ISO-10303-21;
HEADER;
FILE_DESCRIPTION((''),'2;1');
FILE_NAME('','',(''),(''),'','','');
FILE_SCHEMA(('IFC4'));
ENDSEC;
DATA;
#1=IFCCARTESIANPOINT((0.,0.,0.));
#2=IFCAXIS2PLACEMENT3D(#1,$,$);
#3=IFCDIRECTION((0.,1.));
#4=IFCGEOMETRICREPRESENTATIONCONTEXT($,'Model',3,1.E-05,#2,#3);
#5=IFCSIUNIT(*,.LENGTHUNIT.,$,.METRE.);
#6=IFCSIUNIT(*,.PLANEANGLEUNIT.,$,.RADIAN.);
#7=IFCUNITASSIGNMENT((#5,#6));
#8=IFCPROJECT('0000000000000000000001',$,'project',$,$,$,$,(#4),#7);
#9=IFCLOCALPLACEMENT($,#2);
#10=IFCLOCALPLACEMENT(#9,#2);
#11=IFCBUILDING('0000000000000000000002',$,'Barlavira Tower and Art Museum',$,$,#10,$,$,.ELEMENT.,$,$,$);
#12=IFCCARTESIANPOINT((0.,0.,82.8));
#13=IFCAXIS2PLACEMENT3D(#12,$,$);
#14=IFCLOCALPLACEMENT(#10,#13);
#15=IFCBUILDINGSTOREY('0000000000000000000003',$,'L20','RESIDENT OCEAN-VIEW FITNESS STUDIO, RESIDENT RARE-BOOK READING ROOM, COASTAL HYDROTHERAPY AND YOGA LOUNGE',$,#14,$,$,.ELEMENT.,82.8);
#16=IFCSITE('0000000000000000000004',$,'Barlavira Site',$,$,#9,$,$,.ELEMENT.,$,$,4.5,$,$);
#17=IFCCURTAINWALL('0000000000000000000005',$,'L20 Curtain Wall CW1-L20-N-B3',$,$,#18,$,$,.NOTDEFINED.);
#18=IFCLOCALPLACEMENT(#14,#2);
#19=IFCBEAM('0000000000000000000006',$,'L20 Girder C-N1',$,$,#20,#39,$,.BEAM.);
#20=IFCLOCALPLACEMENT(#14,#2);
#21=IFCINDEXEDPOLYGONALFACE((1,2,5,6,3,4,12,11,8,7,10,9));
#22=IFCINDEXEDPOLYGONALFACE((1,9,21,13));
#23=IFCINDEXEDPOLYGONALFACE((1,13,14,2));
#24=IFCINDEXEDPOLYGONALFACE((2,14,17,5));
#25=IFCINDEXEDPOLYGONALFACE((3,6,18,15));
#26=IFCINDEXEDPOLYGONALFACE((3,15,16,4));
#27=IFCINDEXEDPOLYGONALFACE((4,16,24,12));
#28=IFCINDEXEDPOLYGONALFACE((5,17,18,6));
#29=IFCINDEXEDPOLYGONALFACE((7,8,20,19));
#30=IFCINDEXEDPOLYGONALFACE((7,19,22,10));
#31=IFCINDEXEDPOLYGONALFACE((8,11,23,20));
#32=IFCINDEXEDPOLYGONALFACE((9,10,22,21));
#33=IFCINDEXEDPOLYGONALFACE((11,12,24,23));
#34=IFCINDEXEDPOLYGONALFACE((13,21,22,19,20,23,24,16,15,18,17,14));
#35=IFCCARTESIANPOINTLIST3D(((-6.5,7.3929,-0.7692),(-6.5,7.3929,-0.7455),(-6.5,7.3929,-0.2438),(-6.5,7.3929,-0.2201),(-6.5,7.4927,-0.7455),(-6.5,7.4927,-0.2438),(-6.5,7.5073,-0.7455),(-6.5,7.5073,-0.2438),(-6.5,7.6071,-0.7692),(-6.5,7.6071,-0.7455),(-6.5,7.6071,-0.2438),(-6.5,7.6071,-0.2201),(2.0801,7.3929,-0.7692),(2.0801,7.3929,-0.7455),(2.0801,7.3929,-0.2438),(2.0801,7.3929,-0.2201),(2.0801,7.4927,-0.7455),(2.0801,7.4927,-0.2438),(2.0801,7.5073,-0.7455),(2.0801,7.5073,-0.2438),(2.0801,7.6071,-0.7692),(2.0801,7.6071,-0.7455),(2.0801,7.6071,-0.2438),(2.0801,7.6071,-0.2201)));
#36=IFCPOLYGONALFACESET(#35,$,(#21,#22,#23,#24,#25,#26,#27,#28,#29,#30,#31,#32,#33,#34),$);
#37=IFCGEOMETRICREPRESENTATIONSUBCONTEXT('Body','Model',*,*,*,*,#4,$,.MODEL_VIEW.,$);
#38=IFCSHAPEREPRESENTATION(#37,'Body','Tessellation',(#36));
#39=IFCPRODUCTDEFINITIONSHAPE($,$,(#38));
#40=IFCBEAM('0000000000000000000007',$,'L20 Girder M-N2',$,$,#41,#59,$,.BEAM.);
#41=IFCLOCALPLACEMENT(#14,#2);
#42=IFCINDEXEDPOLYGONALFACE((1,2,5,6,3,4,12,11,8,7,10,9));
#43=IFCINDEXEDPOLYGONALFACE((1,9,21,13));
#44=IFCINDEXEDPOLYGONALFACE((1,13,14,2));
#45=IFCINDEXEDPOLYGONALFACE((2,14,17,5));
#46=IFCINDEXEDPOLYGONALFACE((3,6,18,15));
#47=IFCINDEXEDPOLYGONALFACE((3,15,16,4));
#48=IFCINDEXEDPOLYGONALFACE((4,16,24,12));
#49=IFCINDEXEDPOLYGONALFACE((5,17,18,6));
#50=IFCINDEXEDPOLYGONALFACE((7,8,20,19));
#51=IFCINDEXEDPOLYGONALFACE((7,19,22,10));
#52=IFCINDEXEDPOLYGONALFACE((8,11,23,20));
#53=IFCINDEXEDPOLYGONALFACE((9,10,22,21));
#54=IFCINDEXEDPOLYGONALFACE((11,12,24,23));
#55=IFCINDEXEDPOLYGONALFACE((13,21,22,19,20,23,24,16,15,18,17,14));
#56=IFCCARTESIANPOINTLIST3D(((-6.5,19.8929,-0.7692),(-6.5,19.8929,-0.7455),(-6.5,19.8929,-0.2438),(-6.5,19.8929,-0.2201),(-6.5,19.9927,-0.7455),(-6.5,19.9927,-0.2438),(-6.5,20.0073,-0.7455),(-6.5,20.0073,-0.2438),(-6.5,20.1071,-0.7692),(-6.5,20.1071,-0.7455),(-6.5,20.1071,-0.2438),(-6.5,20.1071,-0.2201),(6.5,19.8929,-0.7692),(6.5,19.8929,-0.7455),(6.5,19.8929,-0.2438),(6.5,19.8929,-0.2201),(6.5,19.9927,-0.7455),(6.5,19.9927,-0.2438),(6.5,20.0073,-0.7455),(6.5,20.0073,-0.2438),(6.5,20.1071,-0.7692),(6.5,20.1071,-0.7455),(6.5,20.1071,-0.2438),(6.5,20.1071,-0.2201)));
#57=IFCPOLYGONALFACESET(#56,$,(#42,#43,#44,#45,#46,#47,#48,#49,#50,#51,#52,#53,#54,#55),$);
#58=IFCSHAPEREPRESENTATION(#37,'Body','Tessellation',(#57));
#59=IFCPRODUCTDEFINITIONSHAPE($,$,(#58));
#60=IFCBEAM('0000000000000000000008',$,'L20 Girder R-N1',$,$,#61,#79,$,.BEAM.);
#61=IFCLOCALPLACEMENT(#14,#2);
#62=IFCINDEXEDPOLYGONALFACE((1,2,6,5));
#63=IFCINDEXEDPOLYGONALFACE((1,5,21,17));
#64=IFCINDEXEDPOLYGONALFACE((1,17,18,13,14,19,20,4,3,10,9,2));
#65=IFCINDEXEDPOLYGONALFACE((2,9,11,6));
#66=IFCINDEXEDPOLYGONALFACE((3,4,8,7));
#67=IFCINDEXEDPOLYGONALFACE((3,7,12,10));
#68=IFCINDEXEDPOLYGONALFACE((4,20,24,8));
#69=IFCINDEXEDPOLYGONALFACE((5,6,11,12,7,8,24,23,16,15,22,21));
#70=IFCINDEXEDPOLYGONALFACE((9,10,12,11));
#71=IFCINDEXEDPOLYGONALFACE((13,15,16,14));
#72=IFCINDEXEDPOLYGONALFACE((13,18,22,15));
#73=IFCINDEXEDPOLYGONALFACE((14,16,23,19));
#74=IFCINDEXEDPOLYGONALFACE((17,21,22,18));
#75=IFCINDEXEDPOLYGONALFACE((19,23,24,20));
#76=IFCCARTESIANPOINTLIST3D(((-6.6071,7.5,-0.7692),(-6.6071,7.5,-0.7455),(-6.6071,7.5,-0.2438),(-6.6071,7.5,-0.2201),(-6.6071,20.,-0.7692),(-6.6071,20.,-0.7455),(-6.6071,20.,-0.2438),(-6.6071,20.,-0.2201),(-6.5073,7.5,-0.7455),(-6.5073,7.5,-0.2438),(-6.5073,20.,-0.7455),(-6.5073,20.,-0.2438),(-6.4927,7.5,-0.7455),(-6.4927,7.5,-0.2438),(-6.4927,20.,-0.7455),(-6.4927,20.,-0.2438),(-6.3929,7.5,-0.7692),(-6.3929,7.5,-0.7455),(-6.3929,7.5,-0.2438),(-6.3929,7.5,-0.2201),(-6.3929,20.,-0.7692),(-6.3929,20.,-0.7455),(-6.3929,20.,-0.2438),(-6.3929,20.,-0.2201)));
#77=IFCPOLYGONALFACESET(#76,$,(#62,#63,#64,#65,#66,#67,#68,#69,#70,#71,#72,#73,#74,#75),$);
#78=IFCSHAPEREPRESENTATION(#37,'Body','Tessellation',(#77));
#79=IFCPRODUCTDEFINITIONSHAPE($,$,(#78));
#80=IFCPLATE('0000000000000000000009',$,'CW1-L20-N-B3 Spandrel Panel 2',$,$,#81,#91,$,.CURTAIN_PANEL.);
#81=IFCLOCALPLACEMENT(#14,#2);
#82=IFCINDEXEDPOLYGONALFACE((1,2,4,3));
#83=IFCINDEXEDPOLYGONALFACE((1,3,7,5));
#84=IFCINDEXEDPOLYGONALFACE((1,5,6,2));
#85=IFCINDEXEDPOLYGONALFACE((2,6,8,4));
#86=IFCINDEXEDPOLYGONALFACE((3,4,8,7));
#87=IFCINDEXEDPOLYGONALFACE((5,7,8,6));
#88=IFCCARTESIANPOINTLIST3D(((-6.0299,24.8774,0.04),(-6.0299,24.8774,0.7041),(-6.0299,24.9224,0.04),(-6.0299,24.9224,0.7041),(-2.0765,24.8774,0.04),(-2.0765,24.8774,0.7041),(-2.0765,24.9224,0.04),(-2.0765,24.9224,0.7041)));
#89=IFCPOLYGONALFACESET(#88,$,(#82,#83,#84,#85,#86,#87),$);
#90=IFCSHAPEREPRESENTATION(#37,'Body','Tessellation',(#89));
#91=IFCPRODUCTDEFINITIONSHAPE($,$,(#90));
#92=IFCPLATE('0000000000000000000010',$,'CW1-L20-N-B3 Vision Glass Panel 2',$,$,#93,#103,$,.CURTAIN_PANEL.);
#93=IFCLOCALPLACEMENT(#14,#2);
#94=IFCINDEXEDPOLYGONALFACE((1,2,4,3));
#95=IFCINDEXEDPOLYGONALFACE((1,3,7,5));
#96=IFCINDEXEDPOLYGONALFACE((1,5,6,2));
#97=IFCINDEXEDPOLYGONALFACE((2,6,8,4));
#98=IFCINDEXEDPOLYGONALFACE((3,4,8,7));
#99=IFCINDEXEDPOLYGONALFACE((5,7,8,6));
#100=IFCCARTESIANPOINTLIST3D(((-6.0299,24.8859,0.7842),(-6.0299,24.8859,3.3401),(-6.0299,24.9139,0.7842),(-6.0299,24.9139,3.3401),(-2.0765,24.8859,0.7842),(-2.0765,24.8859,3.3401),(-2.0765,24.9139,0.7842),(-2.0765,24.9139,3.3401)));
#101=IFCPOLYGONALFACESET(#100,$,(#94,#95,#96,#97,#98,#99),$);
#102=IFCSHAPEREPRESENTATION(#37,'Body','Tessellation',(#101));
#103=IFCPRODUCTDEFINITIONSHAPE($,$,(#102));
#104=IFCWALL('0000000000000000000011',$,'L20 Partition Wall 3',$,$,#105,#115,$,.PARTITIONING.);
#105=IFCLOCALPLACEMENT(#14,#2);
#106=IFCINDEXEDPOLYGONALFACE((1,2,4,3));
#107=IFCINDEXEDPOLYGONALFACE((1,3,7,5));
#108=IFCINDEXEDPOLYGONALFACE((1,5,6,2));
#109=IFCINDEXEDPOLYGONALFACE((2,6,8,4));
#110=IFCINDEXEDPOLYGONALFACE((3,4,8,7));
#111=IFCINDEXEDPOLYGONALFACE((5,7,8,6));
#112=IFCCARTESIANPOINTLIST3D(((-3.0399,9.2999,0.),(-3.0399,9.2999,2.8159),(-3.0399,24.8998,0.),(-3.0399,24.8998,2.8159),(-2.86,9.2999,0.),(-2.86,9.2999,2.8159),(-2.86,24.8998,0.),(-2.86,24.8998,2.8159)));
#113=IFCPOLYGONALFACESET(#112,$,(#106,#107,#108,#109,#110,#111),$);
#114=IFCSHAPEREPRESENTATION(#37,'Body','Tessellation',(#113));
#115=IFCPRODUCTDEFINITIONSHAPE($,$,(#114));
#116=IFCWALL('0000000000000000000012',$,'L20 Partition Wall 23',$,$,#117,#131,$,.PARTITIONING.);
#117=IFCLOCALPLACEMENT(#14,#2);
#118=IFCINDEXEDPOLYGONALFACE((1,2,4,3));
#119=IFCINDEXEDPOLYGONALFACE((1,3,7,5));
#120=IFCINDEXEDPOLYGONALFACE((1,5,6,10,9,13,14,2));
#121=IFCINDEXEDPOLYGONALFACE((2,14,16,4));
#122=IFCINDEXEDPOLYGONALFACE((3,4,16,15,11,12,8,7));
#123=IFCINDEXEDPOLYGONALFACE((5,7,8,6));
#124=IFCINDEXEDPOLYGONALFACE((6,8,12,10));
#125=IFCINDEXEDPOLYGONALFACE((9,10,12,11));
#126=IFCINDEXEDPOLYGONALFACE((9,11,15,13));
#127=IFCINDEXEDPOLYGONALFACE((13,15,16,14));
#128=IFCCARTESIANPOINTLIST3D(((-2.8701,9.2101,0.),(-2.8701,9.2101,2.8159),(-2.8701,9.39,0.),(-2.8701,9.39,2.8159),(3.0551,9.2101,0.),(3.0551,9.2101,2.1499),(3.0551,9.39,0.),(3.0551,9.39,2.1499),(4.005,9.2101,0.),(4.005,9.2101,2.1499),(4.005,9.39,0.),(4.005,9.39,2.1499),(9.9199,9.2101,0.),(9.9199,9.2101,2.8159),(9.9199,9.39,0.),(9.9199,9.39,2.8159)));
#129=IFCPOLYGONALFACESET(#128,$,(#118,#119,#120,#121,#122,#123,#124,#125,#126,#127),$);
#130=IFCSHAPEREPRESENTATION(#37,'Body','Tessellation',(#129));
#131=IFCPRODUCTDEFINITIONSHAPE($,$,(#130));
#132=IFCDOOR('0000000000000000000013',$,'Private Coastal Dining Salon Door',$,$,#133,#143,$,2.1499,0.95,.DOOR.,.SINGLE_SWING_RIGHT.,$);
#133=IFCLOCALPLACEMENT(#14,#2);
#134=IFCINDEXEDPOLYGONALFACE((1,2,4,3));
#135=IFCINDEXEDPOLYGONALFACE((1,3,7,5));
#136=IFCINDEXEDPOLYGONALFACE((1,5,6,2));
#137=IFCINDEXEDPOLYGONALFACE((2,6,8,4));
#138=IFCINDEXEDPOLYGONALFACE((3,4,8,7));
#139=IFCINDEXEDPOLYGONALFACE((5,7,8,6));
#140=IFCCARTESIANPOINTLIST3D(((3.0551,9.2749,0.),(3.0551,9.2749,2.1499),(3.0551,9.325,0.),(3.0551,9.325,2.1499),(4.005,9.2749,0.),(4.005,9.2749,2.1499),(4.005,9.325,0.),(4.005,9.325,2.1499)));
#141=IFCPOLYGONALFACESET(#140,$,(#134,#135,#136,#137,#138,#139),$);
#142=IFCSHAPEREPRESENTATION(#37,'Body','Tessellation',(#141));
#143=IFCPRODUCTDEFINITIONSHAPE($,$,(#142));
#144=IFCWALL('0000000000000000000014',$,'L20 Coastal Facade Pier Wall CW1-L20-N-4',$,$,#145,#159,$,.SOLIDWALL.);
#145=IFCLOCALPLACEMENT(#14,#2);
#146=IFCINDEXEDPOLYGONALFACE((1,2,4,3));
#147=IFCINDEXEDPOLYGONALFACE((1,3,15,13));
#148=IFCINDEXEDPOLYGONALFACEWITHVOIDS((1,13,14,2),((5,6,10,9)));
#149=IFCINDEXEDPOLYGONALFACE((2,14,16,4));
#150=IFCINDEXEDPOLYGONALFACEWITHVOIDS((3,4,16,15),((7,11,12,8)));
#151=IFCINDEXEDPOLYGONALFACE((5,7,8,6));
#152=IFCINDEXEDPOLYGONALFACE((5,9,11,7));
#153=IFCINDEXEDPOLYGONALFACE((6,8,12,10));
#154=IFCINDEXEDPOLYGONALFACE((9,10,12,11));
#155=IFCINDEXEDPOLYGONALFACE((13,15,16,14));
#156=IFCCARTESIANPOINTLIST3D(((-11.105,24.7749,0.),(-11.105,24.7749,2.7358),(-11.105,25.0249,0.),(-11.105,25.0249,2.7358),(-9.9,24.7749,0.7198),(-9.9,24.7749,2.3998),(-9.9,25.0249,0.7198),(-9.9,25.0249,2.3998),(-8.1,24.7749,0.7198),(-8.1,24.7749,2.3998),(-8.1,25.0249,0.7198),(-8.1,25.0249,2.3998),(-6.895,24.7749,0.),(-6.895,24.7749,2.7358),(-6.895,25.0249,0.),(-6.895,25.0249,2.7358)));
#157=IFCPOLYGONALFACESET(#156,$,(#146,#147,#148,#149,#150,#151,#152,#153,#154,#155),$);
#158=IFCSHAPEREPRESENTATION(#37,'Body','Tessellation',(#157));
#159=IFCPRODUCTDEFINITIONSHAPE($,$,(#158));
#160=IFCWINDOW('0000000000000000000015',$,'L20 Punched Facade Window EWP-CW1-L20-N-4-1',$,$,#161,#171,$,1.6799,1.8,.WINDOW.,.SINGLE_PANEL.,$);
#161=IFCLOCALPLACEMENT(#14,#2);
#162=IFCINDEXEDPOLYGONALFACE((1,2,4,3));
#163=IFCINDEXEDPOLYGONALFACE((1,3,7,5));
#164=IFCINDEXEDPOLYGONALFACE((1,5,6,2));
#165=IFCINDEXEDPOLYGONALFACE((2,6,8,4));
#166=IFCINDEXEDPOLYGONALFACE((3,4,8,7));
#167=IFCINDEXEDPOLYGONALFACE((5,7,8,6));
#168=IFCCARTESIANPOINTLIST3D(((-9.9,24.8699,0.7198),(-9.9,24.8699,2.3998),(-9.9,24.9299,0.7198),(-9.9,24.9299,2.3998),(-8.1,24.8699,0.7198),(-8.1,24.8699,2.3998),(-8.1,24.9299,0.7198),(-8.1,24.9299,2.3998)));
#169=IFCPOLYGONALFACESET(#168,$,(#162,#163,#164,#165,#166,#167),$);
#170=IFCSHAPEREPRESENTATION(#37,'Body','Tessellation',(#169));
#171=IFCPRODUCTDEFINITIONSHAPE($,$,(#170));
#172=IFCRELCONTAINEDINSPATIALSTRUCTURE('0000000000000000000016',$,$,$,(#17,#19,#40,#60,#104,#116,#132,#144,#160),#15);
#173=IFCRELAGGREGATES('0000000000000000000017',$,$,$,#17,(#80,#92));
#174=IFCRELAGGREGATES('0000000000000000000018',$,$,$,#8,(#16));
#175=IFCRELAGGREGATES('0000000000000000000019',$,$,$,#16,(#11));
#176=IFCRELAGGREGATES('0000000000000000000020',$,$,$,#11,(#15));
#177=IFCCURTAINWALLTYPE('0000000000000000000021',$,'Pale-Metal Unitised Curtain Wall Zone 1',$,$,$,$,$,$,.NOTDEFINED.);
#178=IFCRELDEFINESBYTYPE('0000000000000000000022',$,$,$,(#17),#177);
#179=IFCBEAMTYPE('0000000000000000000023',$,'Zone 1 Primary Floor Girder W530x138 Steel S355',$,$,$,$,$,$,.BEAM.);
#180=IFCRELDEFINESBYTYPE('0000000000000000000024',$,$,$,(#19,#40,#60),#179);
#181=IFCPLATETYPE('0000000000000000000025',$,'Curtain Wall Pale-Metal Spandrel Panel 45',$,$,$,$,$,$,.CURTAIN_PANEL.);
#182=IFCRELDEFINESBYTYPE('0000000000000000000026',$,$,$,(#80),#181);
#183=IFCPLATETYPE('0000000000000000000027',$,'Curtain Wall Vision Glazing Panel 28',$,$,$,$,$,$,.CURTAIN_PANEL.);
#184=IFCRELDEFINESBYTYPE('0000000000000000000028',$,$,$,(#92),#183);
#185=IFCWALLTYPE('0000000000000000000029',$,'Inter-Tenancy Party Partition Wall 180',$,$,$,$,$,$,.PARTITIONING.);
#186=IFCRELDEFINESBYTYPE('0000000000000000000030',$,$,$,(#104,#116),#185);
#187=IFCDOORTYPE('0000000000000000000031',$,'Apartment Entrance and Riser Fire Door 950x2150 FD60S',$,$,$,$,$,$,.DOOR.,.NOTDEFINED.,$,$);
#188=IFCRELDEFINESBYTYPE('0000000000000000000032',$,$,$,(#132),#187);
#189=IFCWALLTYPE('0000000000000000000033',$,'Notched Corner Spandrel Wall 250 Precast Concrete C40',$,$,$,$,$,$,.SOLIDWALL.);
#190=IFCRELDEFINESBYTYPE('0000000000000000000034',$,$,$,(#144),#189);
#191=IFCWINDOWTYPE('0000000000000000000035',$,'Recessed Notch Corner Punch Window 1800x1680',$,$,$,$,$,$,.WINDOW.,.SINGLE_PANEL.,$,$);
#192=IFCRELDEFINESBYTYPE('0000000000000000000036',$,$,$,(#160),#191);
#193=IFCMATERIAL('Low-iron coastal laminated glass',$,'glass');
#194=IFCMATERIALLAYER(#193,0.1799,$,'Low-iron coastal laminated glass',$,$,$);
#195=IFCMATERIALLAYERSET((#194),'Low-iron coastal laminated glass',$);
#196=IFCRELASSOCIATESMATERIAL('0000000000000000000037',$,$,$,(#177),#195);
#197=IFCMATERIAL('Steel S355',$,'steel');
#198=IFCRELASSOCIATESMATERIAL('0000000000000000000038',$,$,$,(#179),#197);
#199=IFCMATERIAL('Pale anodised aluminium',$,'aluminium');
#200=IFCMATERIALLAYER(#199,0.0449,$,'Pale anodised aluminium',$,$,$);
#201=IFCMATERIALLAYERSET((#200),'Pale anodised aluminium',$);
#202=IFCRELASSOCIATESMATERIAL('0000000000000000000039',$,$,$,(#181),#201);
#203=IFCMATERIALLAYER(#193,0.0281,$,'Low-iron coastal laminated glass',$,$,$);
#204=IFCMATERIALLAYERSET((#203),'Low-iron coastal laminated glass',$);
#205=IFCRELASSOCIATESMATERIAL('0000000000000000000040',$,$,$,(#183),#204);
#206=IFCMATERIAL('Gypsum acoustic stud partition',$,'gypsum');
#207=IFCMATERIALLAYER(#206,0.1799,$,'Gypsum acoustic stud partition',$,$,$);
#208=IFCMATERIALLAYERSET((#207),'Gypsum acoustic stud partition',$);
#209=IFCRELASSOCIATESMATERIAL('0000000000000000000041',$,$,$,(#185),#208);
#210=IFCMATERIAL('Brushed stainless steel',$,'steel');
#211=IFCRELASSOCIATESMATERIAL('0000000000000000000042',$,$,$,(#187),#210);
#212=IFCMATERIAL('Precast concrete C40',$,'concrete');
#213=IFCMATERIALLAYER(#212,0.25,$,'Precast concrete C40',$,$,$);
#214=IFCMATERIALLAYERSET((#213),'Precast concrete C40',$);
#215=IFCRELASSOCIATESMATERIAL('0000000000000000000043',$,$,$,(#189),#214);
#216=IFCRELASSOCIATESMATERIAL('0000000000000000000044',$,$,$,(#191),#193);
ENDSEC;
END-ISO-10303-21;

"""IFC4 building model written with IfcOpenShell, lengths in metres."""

from ifc_helpers import new_model, si_unit, direction, frame, frame_2d, origin, origin_2d, place, context, subcontext, project, spatial, rectangle, i_section, extrude, material, layer, layer_set, material_profile, profile_set, type_object, element, fill, aggregate, save


model = new_model("IFC4")

# Units and contexts
model_context = context("Model", 3, precision=1e-05, world=origin(), true_north=direction((0.0, 1.0)))
body_context = subcontext(model_context, "Body", "Model", "MODEL_VIEW")
ifc_project = project(units=[si_unit("LENGTHUNIT", "METRE"), si_unit("PLANEANGLEUNIT", "RADIAN")], contexts=[model_context])

# Site, building, storey
site_placement = place(None, origin())
site = spatial("IfcSite", under=ifc_project, at=site_placement, Name="Barlavira Site", CompositionType="ELEMENT", RefElevation=4.5)
building_placement = place(site_placement, origin())
building = spatial("IfcBuilding", under=site, at=building_placement, Name="Barlavira Tower and Art Museum", CompositionType="ELEMENT")
storey_placement = place(building_placement, frame((0.0, 0.0, 82.8)))
storey = spatial("IfcBuildingStorey", under=building, at=storey_placement, Name="L20", Description="RESIDENT OCEAN-VIEW FITNESS STUDIO, RESIDENT RARE-BOOK READING ROOM, COASTAL HYDROTHERAPY AND YOGA LOUNGE", CompositionType="ELEMENT", Elevation=82.8)

# Shared definitions
ifc_material_1 = material(Name="Steel S355", Category="steel")

# Curtain wall
ifc_material_2 = material(Name="Low-iron coastal laminated glass", Category="glass")
ifc_layer_1 = layer(ifc_material_2, 0.1799, Name="Low-iron coastal laminated glass")
ifc_layer_set_1 = layer_set([ifc_layer_1], Name="Low-iron coastal laminated glass")
curtain_wall_type = type_object("IfcCurtainWallType", Name="Pale-Metal Unitised Curtain Wall Zone 1", PredefinedType="NOTDEFINED", material=ifc_layer_set_1)
curtain_wall_placement = place(storey_placement, origin())
curtain_wall = element("IfcCurtainWall", 1, at=curtain_wall_placement, inside=storey, type_object=curtain_wall_type, Name="L20 Curtain Wall CW1-L20-N-B3", PredefinedType="NOTDEFINED")
ifc_material_3 = material(Name="Pale anodised aluminium", Category="aluminium")

# Beams
ifc_material_profile_1 = material_profile(ifc_material_1, i_section(OverallWidth=0.2141, OverallDepth=0.5491, WebThickness=0.0146, FlangeThickness=0.0237, at=origin_2d()), Name="W530x138.0")
ifc_profile_set_1 = profile_set([ifc_material_profile_1], Name="Steel S355")
beam_type_1 = type_object("IfcBeamType", Name="Zone 1 Primary Floor Girder W530x138 Steel S355", PredefinedType="BEAM", material=ifc_profile_set_1)
beam_1_placement = place(storey_placement, frame((-6.5, 7.5, -0.4946), z_axis=(1.0, 0.0, 0.0), x_axis=(0.0, 1.0, 0.0)))
element("IfcBeam", 2, at=beam_1_placement, inside=storey, type_object=beam_type_1, Name="L20 Girder C-N1", PredefinedType="BEAM", context=body_context, shape_type="SweptSolid", body=[
    extrude(i_section(OverallWidth=0.2141, OverallDepth=0.5491, WebThickness=0.0146, FlangeThickness=0.0237, at=origin_2d()), origin(), (0.0, 0.0, 1.0), 8.5801),
])
beam_2_placement = place(storey_placement, frame((-6.5, 20.0, -0.4946), z_axis=(1.0, 0.0, 0.0), x_axis=(0.0, 1.0, 0.0)))
element("IfcBeam", 3, at=beam_2_placement, inside=storey, type_object=beam_type_1, Name="L20 Girder M-N2", PredefinedType="BEAM", context=body_context, shape_type="SweptSolid", body=[
    extrude(i_section(OverallWidth=0.2141, OverallDepth=0.5491, WebThickness=0.0146, FlangeThickness=0.0237, at=origin_2d()), origin(), (0.0, 0.0, 1.0), 13.0),
])
beam_3_placement = place(storey_placement, frame((-6.5, 7.5, -0.4946), z_axis=(0.0, 1.0, 0.0), x_axis=(-1.0, 0.0, 0.0)))
element("IfcBeam", 4, at=beam_3_placement, inside=storey, type_object=beam_type_1, Name="L20 Girder R-N1", PredefinedType="BEAM", context=body_context, shape_type="SweptSolid", body=[
    extrude(i_section(OverallWidth=0.2141, OverallDepth=0.5491, WebThickness=0.0146, FlangeThickness=0.0237, at=origin_2d()), origin(), (0.0, 0.0, 1.0), 12.5),
])

# Plates
ifc_layer_2 = layer(ifc_material_3, 0.0449, Name="Pale anodised aluminium")
ifc_layer_set_2 = layer_set([ifc_layer_2], Name="Pale anodised aluminium")
plate_type_1 = type_object("IfcPlateType", Name="Curtain Wall Pale-Metal Spandrel Panel 45", PredefinedType="CURTAIN_PANEL", material=ifc_layer_set_2)
plate_1_placement = place(storey_placement, frame((-4.0532, 24.8999, 0.04), z_axis=(0.0, 0.0, 1.0), x_axis=(-1.0, 0.0, 0.0)))
plate_1 = element("IfcPlate", 5, at=plate_1_placement, type_object=plate_type_1, Name="CW1-L20-N-B3 Spandrel Panel 2", PredefinedType="CURTAIN_PANEL", context=body_context, shape_type="SweptSolid", body=[
    extrude(rectangle(XDim=3.9534, YDim=0.0449, at=origin_2d()), origin(), (0.0, 0.0, 1.0), 0.6641),
])
ifc_layer_3 = layer(ifc_material_2, 0.0281, Name="Low-iron coastal laminated glass")
ifc_layer_set_3 = layer_set([ifc_layer_3], Name="Low-iron coastal laminated glass")
plate_type_2 = type_object("IfcPlateType", Name="Curtain Wall Vision Glazing Panel 28", PredefinedType="CURTAIN_PANEL", material=ifc_layer_set_3)
plate_2_placement = place(storey_placement, frame((-4.0532, 24.8999, 0.7842), z_axis=(0.0, 0.0, 1.0), x_axis=(-1.0, 0.0, 0.0)))
plate_2 = element("IfcPlate", 6, at=plate_2_placement, type_object=plate_type_2, Name="CW1-L20-N-B3 Vision Glass Panel 2", PredefinedType="CURTAIN_PANEL", context=body_context, shape_type="SweptSolid", body=[
    extrude(rectangle(XDim=3.9534, YDim=0.0281, at=origin_2d()), origin(), (0.0, 0.0, 1.0), 2.5559),
])
aggregate(curtain_wall, [plate_1, plate_2])

# Wall
ifc_material_4 = material(Name="Gypsum acoustic stud partition", Category="gypsum")
ifc_layer_4 = layer(ifc_material_4, 0.1799, Name="Gypsum acoustic stud partition")
ifc_layer_set_4 = layer_set([ifc_layer_4], Name="Gypsum acoustic stud partition")
wall_type_1 = type_object("IfcWallType", Name="Inter-Tenancy Party Partition Wall 180", PredefinedType="PARTITIONING", material=ifc_layer_set_4)
wall_1_placement = place(storey_placement, frame((-2.95, 9.3, 0.0), z_axis=(0.0, 0.0, 1.0), x_axis=(0.0, 1.0, 0.0)))
element("IfcWall", 7, at=wall_1_placement, inside=storey, type_object=wall_type_1, Name="L20 Partition Wall 3", PredefinedType="PARTITIONING", context=body_context, shape_type="SweptSolid", body=[
    extrude(rectangle(XDim=15.5999, YDim=0.1799, at=frame_2d((7.7998, 0.0))), origin(), (0.0, 0.0, 1.0), 2.8159),
])

# Wall, opening, door
wall_2_placement = place(storey_placement, frame((-2.8701, 9.3, 0.0), z_axis=(0.0, 0.0, 1.0), x_axis=(1.0, 0.0, 0.0)))
wall_2 = element("IfcWall", 8, at=wall_2_placement, inside=storey, type_object=wall_type_1, Name="L20 Partition Wall 23", PredefinedType="PARTITIONING", context=body_context, shape_type="SweptSolid", body=[
    extrude(rectangle(XDim=12.79, YDim=0.1799, at=frame_2d((6.395, 0.0))), origin(), (0.0, 0.0, 1.0), 2.8159),
])
opening_1_placement = place(wall_2_placement, frame((5.925, 0.0, 0.0)))
opening_1 = element("IfcOpeningElement", 9, at=opening_1_placement, cuts=wall_2, PredefinedType="OPENING", context=body_context, shape_type="SweptSolid", body=[
    extrude(rectangle(XDim=0.95, YDim=2.1499, at=frame_2d((0.4751, 1.075))), frame((0.0, 0.1001, 0.0), z_axis=(0.0, -1.0, 0.0), x_axis=(1.0, 0.0, 0.0)), (0.0, 0.0, 1.0), 0.2),
])
ifc_material_5 = material(Name="Brushed stainless steel", Category="steel")
door_type = type_object("IfcDoorType", Name="Apartment Entrance and Riser Fire Door 950x2150 FD60S", OperationType="NOTDEFINED", PredefinedType="DOOR", material=ifc_material_5)
door_placement = place(opening_1_placement, origin())
door = element("IfcDoor", 10, at=door_placement, inside=storey, type_object=door_type, Name="Private Coastal Dining Salon Door", OperationType="SINGLE_SWING_RIGHT", OverallHeight=2.1499, OverallWidth=0.95, PredefinedType="DOOR", context=body_context, shape_type="SweptSolid", body=[
    extrude(rectangle(XDim=0.95, YDim=2.1499, at=frame_2d((0.4751, 1.075))), frame((0.0, 0.0249, 0.0), z_axis=(0.0, -1.0, 0.0), x_axis=(1.0, 0.0, 0.0)), (0.0, 0.0, 1.0), 0.05),
])
fill(opening_1, door)

# Wall, opening, window
ifc_material_6 = material(Name="Precast concrete C40", Category="concrete")
ifc_layer_5 = layer(ifc_material_6, 0.25, Name="Precast concrete C40")
ifc_layer_set_5 = layer_set([ifc_layer_5], Name="Precast concrete C40")
wall_type_2 = type_object("IfcWallType", Name="Notched Corner Spandrel Wall 250 Precast Concrete C40", PredefinedType="SOLIDWALL", material=ifc_layer_set_5)
wall_3_placement = place(storey_placement, frame((-6.895, 24.8999, 0.0), z_axis=(0.0, 0.0, 1.0), x_axis=(-1.0, 0.0, 0.0)))
wall_3 = element("IfcWall", 11, at=wall_3_placement, inside=storey, type_object=wall_type_2, Name="L20 Coastal Facade Pier Wall CW1-L20-N-4", PredefinedType="SOLIDWALL", context=body_context, shape_type="SweptSolid", body=[
    extrude(rectangle(XDim=4.21, YDim=0.25, at=frame_2d((2.105, 0.0))), origin(), (0.0, 0.0, 1.0), 2.7358),
])
opening_2_placement = place(wall_3_placement, frame((1.2051, 0.0, 0.72)))
opening_2 = element("IfcOpeningElement", 12, at=opening_2_placement, cuts=wall_3, PredefinedType="OPENING", context=body_context, shape_type="SweptSolid", body=[
    extrude(rectangle(XDim=1.8, YDim=1.6799, at=frame_2d((0.8999, 0.8398))), frame((0.0, 0.135, 0.0), z_axis=(0.0, -1.0, 0.0), x_axis=(1.0, 0.0, 0.0)), (0.0, 0.0, 1.0), 0.27),
])
window_type = type_object("IfcWindowType", Name="Recessed Notch Corner Punch Window 1800x1680", PartitioningType="SINGLE_PANEL", PredefinedType="WINDOW", material=ifc_material_2)
window_placement = place(opening_2_placement, origin())
window = element("IfcWindow", 13, at=window_placement, inside=storey, type_object=window_type, Name="L20 Punched Facade Window EWP-CW1-L20-N-4-1", OverallHeight=1.6799, OverallWidth=1.8, PartitioningType="SINGLE_PANEL", PredefinedType="WINDOW", context=body_context, shape_type="SweptSolid", body=[
    extrude(rectangle(XDim=1.8, YDim=1.6799, at=frame_2d((0.8999, 0.8398))), frame((0.0, 0.03, 0.0), z_axis=(0.0, -1.0, 0.0), x_axis=(1.0, 0.0, 0.0)), (0.0, 0.0, 1.0), 0.0601),
])
fill(opening_2, window)

save(model, "model.ifc")
